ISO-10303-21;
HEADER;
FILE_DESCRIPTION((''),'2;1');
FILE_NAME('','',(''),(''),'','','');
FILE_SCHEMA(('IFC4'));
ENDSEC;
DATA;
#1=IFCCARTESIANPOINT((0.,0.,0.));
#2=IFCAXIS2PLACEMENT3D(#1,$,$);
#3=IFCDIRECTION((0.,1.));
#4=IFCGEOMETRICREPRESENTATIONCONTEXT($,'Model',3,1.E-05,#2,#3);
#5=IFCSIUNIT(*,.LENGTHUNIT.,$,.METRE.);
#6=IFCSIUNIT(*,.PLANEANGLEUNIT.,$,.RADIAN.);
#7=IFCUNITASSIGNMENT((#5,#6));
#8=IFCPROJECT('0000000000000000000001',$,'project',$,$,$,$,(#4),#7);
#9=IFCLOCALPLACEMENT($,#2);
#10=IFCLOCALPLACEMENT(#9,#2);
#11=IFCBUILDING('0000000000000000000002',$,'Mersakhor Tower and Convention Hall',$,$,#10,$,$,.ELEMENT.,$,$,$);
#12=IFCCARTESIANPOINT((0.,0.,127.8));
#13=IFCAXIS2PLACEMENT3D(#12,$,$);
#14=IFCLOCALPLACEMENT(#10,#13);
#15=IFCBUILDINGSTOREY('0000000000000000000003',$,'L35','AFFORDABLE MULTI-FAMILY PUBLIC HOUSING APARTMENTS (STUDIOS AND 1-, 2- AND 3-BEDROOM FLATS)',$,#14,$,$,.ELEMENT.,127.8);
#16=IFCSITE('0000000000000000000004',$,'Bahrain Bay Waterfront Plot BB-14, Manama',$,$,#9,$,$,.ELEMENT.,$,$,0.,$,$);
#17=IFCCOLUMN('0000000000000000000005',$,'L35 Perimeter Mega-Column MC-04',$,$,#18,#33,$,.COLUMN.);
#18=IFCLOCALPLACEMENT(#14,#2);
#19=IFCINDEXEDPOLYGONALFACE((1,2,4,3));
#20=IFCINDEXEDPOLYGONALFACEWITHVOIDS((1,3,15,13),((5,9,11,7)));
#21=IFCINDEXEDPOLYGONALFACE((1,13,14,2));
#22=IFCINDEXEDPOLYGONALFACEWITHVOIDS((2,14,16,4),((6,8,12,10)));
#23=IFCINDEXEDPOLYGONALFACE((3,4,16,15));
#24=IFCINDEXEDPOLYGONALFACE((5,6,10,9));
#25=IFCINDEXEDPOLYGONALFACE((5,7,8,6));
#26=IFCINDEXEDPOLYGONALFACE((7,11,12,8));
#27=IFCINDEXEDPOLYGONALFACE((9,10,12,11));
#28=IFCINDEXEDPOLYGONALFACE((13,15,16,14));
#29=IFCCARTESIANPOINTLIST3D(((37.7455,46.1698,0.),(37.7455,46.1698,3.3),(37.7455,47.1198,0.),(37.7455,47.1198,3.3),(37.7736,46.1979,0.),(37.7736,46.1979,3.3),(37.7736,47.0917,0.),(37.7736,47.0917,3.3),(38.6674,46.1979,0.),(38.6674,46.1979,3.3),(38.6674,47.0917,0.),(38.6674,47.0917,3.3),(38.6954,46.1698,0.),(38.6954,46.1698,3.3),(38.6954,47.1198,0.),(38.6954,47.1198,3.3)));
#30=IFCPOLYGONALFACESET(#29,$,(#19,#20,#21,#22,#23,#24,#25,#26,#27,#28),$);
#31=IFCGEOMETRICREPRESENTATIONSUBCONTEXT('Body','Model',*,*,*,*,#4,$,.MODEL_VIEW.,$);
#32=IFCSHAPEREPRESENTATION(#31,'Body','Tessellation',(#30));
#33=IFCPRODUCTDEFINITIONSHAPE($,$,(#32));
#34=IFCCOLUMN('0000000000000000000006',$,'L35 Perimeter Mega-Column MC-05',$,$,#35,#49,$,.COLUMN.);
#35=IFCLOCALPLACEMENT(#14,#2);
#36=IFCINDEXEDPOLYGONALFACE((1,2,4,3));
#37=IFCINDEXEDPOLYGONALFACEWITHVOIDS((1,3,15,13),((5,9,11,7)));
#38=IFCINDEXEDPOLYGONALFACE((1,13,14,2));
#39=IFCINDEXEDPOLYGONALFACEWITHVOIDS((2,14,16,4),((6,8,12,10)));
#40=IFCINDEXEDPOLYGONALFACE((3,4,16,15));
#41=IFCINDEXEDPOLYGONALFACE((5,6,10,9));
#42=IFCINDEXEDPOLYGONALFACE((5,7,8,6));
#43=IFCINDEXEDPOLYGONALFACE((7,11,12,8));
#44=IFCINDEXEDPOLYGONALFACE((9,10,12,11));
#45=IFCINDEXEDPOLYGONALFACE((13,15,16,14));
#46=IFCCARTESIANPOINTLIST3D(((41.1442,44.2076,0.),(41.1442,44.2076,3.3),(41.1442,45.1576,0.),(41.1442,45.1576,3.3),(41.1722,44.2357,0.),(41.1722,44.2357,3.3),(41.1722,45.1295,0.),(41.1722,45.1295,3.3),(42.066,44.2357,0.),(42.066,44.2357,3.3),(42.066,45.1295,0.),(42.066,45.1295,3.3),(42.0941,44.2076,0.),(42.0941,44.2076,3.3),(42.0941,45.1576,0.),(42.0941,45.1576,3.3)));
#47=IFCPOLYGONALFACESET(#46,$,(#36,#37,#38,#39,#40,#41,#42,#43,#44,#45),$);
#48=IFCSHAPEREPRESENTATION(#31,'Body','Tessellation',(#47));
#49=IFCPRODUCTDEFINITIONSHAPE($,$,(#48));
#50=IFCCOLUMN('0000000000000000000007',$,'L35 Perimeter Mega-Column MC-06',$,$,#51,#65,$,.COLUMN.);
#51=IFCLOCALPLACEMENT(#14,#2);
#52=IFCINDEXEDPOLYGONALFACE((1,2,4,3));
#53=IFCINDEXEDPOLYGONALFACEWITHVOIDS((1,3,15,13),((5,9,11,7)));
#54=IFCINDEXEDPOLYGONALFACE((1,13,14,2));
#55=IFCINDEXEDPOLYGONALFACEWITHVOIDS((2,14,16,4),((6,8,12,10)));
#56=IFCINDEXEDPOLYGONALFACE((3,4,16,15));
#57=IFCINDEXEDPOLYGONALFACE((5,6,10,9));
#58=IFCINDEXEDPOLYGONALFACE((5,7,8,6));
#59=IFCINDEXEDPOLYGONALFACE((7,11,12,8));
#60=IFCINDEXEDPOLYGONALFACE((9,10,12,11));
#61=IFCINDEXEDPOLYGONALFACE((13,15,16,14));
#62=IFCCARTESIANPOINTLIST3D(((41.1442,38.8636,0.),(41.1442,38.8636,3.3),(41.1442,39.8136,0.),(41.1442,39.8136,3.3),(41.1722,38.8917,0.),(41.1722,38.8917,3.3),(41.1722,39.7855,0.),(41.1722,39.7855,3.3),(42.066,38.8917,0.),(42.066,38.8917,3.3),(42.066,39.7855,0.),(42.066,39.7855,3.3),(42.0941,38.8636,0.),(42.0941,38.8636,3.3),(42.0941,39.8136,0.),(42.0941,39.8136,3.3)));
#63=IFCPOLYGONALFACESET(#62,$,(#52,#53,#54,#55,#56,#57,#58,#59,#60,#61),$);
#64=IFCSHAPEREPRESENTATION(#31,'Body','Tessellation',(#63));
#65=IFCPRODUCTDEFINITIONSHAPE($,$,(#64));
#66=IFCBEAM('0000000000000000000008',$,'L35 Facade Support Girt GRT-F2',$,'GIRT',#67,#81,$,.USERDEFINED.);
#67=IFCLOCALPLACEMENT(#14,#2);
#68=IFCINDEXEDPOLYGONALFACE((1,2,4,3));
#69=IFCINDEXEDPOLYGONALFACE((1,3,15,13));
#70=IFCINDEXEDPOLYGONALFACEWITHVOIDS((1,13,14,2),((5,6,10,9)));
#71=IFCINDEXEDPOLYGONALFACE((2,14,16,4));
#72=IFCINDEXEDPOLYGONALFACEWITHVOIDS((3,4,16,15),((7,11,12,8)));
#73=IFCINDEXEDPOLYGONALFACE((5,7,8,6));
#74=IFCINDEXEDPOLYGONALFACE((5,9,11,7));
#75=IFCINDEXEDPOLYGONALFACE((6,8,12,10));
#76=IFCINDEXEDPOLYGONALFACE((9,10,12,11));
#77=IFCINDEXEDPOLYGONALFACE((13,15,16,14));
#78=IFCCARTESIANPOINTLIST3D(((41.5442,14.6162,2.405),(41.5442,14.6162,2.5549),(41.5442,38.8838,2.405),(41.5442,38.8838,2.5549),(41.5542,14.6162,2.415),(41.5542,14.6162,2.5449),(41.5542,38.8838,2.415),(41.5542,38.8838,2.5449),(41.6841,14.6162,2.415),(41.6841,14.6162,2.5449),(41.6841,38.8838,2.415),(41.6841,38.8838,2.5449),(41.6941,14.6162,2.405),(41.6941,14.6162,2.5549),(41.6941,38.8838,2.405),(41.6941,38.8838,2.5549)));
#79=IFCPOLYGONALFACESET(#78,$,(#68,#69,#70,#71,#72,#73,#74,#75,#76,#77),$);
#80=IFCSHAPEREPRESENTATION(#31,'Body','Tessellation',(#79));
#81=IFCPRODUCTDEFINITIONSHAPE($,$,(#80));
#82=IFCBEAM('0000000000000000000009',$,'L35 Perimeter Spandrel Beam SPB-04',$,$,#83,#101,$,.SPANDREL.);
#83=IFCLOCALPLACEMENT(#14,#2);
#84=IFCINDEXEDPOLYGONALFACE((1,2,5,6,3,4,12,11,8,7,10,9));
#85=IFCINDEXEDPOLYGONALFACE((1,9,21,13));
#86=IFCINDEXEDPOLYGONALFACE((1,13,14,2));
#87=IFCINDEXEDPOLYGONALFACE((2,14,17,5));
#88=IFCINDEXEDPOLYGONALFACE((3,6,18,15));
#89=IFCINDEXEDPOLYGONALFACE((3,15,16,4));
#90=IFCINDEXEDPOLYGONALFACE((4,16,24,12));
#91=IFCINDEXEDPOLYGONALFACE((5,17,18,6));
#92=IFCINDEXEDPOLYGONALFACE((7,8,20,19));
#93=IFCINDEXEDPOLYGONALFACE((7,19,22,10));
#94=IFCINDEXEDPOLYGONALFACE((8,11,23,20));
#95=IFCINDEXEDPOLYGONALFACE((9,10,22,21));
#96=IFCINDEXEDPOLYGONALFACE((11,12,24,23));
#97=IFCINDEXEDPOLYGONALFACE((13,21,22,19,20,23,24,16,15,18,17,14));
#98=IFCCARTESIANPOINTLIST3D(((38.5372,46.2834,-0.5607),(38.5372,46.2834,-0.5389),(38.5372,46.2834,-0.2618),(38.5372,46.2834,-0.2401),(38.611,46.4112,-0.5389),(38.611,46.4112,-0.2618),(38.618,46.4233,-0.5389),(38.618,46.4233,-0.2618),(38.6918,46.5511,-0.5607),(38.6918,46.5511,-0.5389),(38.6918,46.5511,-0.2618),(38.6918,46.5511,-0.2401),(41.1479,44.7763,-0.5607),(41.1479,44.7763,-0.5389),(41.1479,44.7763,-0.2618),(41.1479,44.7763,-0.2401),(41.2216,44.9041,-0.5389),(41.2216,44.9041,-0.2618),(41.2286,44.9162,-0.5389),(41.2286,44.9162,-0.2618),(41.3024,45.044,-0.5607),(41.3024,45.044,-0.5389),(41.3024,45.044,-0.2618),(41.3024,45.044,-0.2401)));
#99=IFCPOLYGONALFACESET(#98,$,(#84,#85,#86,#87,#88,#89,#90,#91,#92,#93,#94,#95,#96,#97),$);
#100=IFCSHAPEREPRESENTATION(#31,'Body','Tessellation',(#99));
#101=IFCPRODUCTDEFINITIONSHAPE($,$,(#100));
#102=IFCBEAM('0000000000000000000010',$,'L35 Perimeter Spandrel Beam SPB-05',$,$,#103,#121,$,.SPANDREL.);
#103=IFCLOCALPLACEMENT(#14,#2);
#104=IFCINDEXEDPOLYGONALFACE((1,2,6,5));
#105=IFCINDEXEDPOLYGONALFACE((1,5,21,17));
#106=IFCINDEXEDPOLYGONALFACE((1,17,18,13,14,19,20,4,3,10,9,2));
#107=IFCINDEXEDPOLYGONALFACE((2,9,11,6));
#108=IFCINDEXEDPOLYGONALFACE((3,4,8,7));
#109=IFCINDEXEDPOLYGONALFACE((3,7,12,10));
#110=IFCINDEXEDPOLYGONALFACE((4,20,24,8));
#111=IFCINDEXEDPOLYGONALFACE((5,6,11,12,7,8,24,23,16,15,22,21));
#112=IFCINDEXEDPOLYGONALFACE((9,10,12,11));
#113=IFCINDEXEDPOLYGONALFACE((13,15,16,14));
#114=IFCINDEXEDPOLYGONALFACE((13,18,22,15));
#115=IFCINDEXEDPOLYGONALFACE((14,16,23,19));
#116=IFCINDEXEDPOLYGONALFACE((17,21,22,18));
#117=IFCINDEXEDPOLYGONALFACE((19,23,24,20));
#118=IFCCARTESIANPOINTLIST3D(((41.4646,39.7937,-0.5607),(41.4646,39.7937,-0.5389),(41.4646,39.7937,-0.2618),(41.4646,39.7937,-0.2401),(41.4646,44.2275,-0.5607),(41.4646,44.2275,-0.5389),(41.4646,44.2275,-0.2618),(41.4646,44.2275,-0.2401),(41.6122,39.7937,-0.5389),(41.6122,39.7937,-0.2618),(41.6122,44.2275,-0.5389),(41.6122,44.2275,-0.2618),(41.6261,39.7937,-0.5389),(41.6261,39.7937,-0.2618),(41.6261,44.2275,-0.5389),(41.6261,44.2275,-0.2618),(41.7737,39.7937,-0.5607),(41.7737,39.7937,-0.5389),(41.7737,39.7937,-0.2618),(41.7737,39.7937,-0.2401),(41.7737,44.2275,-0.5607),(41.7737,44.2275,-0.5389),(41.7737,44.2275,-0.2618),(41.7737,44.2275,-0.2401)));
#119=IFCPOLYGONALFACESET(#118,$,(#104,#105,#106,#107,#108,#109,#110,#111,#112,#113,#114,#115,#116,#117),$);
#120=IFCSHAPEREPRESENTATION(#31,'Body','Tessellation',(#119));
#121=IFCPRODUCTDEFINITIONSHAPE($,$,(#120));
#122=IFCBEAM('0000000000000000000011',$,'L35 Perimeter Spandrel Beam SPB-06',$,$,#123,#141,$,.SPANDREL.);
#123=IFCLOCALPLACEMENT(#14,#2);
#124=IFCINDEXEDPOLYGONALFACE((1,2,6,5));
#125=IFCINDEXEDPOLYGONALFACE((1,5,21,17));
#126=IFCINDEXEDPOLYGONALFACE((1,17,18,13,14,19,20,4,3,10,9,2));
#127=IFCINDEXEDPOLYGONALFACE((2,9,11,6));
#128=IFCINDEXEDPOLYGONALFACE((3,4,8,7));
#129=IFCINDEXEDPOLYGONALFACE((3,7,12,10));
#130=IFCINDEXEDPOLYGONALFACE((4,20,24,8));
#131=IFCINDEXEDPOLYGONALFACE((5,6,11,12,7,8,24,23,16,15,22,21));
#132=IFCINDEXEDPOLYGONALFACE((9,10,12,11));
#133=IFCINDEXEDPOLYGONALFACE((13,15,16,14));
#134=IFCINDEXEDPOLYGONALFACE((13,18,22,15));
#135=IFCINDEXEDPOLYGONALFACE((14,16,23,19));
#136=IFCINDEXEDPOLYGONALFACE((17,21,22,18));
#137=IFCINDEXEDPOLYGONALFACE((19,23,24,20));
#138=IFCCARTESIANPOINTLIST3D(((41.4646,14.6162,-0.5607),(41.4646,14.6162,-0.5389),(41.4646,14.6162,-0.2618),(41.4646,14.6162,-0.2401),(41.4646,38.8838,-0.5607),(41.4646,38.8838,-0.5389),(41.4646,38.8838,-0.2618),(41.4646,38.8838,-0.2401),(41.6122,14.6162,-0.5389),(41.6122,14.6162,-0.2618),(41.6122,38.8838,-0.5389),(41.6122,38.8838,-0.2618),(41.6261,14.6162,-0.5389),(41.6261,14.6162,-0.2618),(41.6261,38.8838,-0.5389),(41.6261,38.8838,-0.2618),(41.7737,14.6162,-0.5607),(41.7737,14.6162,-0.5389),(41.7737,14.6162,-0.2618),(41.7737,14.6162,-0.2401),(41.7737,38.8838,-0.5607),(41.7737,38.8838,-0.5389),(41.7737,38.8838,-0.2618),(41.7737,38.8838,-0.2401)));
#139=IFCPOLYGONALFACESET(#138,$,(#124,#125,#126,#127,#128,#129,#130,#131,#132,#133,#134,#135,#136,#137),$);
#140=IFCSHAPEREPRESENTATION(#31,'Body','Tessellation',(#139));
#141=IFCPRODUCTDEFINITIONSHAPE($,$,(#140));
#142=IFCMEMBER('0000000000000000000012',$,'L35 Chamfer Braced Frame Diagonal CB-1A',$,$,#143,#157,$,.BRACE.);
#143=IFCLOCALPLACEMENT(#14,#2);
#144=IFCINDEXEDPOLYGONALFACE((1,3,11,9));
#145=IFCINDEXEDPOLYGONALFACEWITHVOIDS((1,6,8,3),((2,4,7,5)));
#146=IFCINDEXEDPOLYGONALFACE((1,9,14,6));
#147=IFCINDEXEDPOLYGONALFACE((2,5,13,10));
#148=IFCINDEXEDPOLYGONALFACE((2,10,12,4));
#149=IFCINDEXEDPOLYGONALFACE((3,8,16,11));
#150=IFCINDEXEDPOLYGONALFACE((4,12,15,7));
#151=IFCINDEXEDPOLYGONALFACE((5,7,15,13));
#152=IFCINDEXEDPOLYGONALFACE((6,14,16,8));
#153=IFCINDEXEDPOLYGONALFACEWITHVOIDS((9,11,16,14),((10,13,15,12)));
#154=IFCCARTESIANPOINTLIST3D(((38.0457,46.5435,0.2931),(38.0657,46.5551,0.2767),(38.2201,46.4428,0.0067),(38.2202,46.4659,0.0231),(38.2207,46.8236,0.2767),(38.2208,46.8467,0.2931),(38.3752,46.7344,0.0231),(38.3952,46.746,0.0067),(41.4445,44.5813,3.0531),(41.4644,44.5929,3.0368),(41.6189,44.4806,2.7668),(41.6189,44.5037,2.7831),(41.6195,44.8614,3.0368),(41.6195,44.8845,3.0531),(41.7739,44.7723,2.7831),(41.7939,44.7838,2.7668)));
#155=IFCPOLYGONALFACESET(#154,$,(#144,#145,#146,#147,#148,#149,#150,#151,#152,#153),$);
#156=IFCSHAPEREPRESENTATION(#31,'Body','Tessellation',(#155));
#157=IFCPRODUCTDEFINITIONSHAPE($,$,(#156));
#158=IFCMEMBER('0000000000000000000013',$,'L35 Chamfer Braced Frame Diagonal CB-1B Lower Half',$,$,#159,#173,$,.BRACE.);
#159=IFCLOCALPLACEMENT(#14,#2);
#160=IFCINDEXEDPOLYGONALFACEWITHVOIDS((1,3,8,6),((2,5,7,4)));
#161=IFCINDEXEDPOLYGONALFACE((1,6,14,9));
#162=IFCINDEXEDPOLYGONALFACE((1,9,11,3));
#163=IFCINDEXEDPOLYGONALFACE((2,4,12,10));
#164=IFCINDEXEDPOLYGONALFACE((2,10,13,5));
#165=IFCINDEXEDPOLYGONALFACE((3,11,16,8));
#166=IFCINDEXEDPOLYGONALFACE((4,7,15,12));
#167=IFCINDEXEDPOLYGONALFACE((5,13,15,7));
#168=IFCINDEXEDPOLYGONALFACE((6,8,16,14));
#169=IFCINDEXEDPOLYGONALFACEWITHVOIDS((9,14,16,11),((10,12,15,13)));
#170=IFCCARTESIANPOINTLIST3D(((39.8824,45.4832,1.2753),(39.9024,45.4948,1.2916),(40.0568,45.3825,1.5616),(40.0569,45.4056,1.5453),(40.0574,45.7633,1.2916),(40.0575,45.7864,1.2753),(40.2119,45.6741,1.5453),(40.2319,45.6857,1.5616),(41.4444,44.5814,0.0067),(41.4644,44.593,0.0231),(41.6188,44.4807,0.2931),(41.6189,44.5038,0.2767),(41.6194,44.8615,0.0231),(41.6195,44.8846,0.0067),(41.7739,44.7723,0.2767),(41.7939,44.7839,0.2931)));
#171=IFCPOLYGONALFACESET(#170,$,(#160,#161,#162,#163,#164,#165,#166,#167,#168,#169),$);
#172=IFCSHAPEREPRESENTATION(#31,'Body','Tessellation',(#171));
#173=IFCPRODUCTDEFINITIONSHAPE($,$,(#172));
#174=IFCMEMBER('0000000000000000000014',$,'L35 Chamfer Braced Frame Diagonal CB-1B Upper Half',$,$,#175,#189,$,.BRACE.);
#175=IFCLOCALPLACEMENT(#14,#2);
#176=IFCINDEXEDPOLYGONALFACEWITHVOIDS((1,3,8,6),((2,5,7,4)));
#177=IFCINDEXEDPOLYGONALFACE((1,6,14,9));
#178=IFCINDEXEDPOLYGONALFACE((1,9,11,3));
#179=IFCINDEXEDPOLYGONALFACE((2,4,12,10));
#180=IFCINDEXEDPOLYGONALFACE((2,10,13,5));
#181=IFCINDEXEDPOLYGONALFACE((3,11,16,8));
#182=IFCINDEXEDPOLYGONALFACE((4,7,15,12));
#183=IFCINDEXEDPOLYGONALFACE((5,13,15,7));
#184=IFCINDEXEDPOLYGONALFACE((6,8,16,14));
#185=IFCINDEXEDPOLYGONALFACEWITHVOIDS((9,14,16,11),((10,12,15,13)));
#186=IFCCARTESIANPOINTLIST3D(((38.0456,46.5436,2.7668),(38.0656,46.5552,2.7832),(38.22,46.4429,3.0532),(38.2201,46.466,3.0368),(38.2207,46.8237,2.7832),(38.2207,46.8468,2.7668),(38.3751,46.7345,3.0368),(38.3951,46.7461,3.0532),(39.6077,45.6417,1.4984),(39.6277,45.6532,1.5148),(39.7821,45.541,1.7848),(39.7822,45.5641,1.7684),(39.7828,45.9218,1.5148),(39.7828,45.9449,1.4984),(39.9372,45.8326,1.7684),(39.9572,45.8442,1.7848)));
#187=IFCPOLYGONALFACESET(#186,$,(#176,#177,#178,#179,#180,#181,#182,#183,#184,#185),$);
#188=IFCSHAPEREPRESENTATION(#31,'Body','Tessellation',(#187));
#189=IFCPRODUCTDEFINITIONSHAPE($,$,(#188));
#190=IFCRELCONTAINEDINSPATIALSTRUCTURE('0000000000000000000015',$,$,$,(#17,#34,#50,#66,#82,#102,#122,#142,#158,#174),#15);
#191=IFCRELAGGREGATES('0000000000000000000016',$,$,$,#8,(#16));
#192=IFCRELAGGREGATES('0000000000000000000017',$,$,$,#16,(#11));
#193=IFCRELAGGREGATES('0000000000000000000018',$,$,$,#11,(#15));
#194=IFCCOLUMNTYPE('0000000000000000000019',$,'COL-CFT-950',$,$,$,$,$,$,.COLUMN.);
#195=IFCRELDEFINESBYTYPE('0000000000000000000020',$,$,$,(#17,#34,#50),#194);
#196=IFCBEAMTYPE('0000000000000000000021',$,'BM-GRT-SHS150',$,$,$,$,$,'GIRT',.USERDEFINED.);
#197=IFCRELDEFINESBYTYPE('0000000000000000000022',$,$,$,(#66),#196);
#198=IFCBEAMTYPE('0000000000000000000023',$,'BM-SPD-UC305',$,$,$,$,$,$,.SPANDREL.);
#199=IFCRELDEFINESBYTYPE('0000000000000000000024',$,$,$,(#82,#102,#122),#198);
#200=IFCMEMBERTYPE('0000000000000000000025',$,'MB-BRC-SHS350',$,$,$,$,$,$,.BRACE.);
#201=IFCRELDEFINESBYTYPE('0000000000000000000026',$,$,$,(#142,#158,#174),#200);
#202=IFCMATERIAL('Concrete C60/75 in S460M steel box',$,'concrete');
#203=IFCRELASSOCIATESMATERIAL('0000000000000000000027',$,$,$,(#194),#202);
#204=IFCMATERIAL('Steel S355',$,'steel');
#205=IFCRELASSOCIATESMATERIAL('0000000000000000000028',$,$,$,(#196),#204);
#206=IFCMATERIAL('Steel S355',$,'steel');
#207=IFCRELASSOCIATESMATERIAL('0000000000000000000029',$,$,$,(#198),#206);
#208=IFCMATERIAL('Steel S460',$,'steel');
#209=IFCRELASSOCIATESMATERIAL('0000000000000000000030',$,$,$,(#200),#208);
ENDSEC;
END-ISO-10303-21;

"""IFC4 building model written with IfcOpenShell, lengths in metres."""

from ifc_helpers import new_model, si_unit, direction, frame, origin, origin_2d, place, context, subcontext, project, spatial, hollow_rectangle, i_section, extrude, material, material_profile, profile_set, type_object, element, save


model = new_model("IFC4")

# Units and contexts
model_context = context("Model", 3, precision=1e-05, world=origin(), true_north=direction((0.0, 1.0)))
body_context = subcontext(model_context, "Body", "Model", "MODEL_VIEW")
ifc_project = project(units=[si_unit("LENGTHUNIT", "METRE"), si_unit("PLANEANGLEUNIT", "RADIAN")], contexts=[model_context])

# Site, building, storey
site_placement = place(None, origin())
site = spatial("IfcSite", under=ifc_project, at=site_placement, Name="Bahrain Bay Waterfront Plot BB-14, Manama", CompositionType="ELEMENT", RefElevation=0.0)
building_placement = place(site_placement, origin())
building = spatial("IfcBuilding", under=site, at=building_placement, Name="Mersakhor Tower and Convention Hall", CompositionType="ELEMENT")
storey_placement = place(building_placement, frame((0.0, 0.0, 127.8)))
storey = spatial("IfcBuildingStorey", under=building, at=storey_placement, Name="L35", Description="AFFORDABLE MULTI-FAMILY PUBLIC HOUSING APARTMENTS (STUDIOS AND 1-, 2- AND 3-BEDROOM FLATS)", CompositionType="ELEMENT", Elevation=127.8)

# Columns
ifc_material_1 = material(Name="Concrete C60/75 in S460M steel box", Category="concrete")
ifc_material_profile_1 = material_profile(ifc_material_1, hollow_rectangle(XDim=0.95, YDim=0.95, WallThickness=0.0281, at=origin_2d()), Name="SHS 950x950x28")
ifc_profile_set_1 = profile_set([ifc_material_profile_1], Name="Concrete C60/75 in S460M steel box")
column_type = type_object("IfcColumnType", Name="COL-CFT-950", PredefinedType="COLUMN", material=ifc_profile_set_1)
for number, where, z_axis, x_axis, name in (
    (1, (38.2205, 46.6448, 0.0), (0.0, 0.0, 1.0), (1.0, 0.0, 0.0), "L35 Perimeter Mega-Column MC-04"),
    (2, (41.6191, 44.6826, 0.0), (0.0, 0.0, 1.0), (1.0, 0.0, 0.0), "L35 Perimeter Mega-Column MC-05"),
    (3, (41.6191, 39.3386, 0.0), (0.0, 0.0, 1.0), (1.0, 0.0, 0.0), "L35 Perimeter Mega-Column MC-06"),
):
    element("IfcColumn", number, at=place(storey_placement, frame(where, z_axis=z_axis, x_axis=x_axis)), inside=storey, type_object=column_type, Name=name, PredefinedType="COLUMN", context=body_context, shape_type="SweptSolid", body=[
        extrude(hollow_rectangle(XDim=0.95, YDim=0.95, WallThickness=0.0281, at=origin_2d()), origin(), (0.0, 0.0, 1.0), 3.3),
    ])

# Beams
ifc_material_2 = material(Name="Steel S355", Category="steel")
ifc_material_profile_2 = material_profile(ifc_material_2, hollow_rectangle(XDim=0.1499, YDim=0.1499, WallThickness=0.01, at=origin_2d()), Name="SHS 150x150x10")
ifc_profile_set_2 = profile_set([ifc_material_profile_2], Name="Steel S355")
beam_type_1 = type_object("IfcBeamType", Name="BM-GRT-SHS150", ElementType="GIRT", PredefinedType="USERDEFINED", material=ifc_profile_set_2)
beam_1_placement = place(storey_placement, frame((41.6191, 38.8838, 2.48), z_axis=(0.0, -1.0, 0.0), x_axis=(1.0, 0.0, 0.0)))
element("IfcBeam", 4, at=beam_1_placement, inside=storey, type_object=beam_type_1, Name="L35 Facade Support Girt GRT-F2", ObjectType="GIRT", PredefinedType="USERDEFINED", context=body_context, shape_type="SweptSolid", body=[
    extrude(hollow_rectangle(XDim=0.1499, YDim=0.1499, WallThickness=0.01, at=origin_2d()), origin(), (0.0, 0.0, 1.0), 24.2676),
])
ifc_material_3 = material(Name="Steel S355", Category="steel")
ifc_material_profile_3 = material_profile(ifc_material_3, i_section(OverallWidth=0.3091, OverallDepth=0.3206, WebThickness=0.0139, FlangeThickness=0.0217, at=origin_2d()), Name="UC 305x305x137")
ifc_profile_set_3 = profile_set([ifc_material_profile_3], Name="Steel S355")
beam_type_2 = type_object("IfcBeamType", Name="BM-SPD-UC305", PredefinedType="SPANDREL", material=ifc_profile_set_3)
beam_2_placement = place(storey_placement, frame((38.6145, 46.4172, -0.4004), z_axis=(0.866047, -0.499963, 0.0), x_axis=(0.499963, 0.866047, 0.0)))
element("IfcBeam", 5, at=beam_2_placement, inside=storey, type_object=beam_type_2, Name="L35 Perimeter Spandrel Beam SPB-04", PredefinedType="SPANDREL", context=body_context, shape_type="SweptSolid", body=[
    extrude(i_section(OverallWidth=0.3091, OverallDepth=0.3206, WebThickness=0.0139, FlangeThickness=0.0217, at=origin_2d()), origin(), (0.0, 0.0, 1.0), 3.0144),
])
beam_3_placement = place(storey_placement, frame((41.6191, 44.2275, -0.4004), z_axis=(0.0, -1.0, 0.0), x_axis=(1.0, 0.0, 0.0)))
element("IfcBeam", 6, at=beam_3_placement, inside=storey, type_object=beam_type_2, Name="L35 Perimeter Spandrel Beam SPB-05", PredefinedType="SPANDREL", context=body_context, shape_type="SweptSolid", body=[
    extrude(i_section(OverallWidth=0.3091, OverallDepth=0.3206, WebThickness=0.0139, FlangeThickness=0.0217, at=origin_2d()), origin(), (0.0, 0.0, 1.0), 4.4338),
])
beam_4_placement = place(storey_placement, frame((41.6191, 38.8838, -0.4004), z_axis=(0.0, -1.0, 0.0), x_axis=(1.0, 0.0, 0.0)))
element("IfcBeam", 7, at=beam_4_placement, inside=storey, type_object=beam_type_2, Name="L35 Perimeter Spandrel Beam SPB-06", PredefinedType="SPANDREL", context=body_context, shape_type="SweptSolid", body=[
    extrude(i_section(OverallWidth=0.3091, OverallDepth=0.3206, WebThickness=0.0139, FlangeThickness=0.0217, at=origin_2d()), origin(), (0.0, 0.0, 1.0), 24.2676),
])

# Members
ifc_material_4 = material(Name="Steel S460", Category="steel")
ifc_material_profile_4 = material_profile(ifc_material_4, hollow_rectangle(XDim=0.3501, YDim=0.3501, WallThickness=0.02, at=origin_2d()), Name="SHS 350x350x20")
ifc_profile_set_4 = profile_set([ifc_material_profile_4], Name="Steel S460")
member_type = type_object("IfcMemberType", Name="MB-BRC-SHS350", PredefinedType="BRACE", material=ifc_profile_set_4)
member_placement = place(storey_placement, frame((38.2205, 46.6448, 0.1499), z_axis=(0.708385, -0.408972, 0.575267), x_axis=(0.499986, 0.866033, 0.0)))
element("IfcMember", 8, at=member_placement, inside=storey, type_object=member_type, Name="L35 Chamfer Braced Frame Diagonal CB-1A", PredefinedType="BRACE", context=body_context, shape_type="SweptSolid", body=[
    extrude(hollow_rectangle(XDim=0.3501, YDim=0.3501, WallThickness=0.02, at=origin_2d()), origin(), (0.0, 0.0, 1.0), 4.7979),
])
for number, where, z_axis, x_axis, name in (
    (9, (41.6191, 44.6826, 0.1499), (-0.708364, 0.408987, 0.575283), (-0.500011, -0.866019, 0.0), "L35 Chamfer Braced Frame Diagonal CB-1B Lower Half"),
    (10, (39.7825, 45.7429, 1.6416), (-0.708409, 0.409013, 0.575209), (-0.500011, -0.866019, 0.0), "L35 Chamfer Braced Frame Diagonal CB-1B Upper Half"),
):
    element("IfcMember", number, at=place(storey_placement, frame(where, z_axis=z_axis, x_axis=x_axis)), inside=storey, type_object=member_type, Name=name, PredefinedType="BRACE", context=body_context, shape_type="SweptSolid", body=[
        extrude(hollow_rectangle(XDim=0.3501, YDim=0.3501, WallThickness=0.02, at=origin_2d()), origin(), (0.0, 0.0, 1.0), 2.2051),
    ])

save(model, "model.ifc")
